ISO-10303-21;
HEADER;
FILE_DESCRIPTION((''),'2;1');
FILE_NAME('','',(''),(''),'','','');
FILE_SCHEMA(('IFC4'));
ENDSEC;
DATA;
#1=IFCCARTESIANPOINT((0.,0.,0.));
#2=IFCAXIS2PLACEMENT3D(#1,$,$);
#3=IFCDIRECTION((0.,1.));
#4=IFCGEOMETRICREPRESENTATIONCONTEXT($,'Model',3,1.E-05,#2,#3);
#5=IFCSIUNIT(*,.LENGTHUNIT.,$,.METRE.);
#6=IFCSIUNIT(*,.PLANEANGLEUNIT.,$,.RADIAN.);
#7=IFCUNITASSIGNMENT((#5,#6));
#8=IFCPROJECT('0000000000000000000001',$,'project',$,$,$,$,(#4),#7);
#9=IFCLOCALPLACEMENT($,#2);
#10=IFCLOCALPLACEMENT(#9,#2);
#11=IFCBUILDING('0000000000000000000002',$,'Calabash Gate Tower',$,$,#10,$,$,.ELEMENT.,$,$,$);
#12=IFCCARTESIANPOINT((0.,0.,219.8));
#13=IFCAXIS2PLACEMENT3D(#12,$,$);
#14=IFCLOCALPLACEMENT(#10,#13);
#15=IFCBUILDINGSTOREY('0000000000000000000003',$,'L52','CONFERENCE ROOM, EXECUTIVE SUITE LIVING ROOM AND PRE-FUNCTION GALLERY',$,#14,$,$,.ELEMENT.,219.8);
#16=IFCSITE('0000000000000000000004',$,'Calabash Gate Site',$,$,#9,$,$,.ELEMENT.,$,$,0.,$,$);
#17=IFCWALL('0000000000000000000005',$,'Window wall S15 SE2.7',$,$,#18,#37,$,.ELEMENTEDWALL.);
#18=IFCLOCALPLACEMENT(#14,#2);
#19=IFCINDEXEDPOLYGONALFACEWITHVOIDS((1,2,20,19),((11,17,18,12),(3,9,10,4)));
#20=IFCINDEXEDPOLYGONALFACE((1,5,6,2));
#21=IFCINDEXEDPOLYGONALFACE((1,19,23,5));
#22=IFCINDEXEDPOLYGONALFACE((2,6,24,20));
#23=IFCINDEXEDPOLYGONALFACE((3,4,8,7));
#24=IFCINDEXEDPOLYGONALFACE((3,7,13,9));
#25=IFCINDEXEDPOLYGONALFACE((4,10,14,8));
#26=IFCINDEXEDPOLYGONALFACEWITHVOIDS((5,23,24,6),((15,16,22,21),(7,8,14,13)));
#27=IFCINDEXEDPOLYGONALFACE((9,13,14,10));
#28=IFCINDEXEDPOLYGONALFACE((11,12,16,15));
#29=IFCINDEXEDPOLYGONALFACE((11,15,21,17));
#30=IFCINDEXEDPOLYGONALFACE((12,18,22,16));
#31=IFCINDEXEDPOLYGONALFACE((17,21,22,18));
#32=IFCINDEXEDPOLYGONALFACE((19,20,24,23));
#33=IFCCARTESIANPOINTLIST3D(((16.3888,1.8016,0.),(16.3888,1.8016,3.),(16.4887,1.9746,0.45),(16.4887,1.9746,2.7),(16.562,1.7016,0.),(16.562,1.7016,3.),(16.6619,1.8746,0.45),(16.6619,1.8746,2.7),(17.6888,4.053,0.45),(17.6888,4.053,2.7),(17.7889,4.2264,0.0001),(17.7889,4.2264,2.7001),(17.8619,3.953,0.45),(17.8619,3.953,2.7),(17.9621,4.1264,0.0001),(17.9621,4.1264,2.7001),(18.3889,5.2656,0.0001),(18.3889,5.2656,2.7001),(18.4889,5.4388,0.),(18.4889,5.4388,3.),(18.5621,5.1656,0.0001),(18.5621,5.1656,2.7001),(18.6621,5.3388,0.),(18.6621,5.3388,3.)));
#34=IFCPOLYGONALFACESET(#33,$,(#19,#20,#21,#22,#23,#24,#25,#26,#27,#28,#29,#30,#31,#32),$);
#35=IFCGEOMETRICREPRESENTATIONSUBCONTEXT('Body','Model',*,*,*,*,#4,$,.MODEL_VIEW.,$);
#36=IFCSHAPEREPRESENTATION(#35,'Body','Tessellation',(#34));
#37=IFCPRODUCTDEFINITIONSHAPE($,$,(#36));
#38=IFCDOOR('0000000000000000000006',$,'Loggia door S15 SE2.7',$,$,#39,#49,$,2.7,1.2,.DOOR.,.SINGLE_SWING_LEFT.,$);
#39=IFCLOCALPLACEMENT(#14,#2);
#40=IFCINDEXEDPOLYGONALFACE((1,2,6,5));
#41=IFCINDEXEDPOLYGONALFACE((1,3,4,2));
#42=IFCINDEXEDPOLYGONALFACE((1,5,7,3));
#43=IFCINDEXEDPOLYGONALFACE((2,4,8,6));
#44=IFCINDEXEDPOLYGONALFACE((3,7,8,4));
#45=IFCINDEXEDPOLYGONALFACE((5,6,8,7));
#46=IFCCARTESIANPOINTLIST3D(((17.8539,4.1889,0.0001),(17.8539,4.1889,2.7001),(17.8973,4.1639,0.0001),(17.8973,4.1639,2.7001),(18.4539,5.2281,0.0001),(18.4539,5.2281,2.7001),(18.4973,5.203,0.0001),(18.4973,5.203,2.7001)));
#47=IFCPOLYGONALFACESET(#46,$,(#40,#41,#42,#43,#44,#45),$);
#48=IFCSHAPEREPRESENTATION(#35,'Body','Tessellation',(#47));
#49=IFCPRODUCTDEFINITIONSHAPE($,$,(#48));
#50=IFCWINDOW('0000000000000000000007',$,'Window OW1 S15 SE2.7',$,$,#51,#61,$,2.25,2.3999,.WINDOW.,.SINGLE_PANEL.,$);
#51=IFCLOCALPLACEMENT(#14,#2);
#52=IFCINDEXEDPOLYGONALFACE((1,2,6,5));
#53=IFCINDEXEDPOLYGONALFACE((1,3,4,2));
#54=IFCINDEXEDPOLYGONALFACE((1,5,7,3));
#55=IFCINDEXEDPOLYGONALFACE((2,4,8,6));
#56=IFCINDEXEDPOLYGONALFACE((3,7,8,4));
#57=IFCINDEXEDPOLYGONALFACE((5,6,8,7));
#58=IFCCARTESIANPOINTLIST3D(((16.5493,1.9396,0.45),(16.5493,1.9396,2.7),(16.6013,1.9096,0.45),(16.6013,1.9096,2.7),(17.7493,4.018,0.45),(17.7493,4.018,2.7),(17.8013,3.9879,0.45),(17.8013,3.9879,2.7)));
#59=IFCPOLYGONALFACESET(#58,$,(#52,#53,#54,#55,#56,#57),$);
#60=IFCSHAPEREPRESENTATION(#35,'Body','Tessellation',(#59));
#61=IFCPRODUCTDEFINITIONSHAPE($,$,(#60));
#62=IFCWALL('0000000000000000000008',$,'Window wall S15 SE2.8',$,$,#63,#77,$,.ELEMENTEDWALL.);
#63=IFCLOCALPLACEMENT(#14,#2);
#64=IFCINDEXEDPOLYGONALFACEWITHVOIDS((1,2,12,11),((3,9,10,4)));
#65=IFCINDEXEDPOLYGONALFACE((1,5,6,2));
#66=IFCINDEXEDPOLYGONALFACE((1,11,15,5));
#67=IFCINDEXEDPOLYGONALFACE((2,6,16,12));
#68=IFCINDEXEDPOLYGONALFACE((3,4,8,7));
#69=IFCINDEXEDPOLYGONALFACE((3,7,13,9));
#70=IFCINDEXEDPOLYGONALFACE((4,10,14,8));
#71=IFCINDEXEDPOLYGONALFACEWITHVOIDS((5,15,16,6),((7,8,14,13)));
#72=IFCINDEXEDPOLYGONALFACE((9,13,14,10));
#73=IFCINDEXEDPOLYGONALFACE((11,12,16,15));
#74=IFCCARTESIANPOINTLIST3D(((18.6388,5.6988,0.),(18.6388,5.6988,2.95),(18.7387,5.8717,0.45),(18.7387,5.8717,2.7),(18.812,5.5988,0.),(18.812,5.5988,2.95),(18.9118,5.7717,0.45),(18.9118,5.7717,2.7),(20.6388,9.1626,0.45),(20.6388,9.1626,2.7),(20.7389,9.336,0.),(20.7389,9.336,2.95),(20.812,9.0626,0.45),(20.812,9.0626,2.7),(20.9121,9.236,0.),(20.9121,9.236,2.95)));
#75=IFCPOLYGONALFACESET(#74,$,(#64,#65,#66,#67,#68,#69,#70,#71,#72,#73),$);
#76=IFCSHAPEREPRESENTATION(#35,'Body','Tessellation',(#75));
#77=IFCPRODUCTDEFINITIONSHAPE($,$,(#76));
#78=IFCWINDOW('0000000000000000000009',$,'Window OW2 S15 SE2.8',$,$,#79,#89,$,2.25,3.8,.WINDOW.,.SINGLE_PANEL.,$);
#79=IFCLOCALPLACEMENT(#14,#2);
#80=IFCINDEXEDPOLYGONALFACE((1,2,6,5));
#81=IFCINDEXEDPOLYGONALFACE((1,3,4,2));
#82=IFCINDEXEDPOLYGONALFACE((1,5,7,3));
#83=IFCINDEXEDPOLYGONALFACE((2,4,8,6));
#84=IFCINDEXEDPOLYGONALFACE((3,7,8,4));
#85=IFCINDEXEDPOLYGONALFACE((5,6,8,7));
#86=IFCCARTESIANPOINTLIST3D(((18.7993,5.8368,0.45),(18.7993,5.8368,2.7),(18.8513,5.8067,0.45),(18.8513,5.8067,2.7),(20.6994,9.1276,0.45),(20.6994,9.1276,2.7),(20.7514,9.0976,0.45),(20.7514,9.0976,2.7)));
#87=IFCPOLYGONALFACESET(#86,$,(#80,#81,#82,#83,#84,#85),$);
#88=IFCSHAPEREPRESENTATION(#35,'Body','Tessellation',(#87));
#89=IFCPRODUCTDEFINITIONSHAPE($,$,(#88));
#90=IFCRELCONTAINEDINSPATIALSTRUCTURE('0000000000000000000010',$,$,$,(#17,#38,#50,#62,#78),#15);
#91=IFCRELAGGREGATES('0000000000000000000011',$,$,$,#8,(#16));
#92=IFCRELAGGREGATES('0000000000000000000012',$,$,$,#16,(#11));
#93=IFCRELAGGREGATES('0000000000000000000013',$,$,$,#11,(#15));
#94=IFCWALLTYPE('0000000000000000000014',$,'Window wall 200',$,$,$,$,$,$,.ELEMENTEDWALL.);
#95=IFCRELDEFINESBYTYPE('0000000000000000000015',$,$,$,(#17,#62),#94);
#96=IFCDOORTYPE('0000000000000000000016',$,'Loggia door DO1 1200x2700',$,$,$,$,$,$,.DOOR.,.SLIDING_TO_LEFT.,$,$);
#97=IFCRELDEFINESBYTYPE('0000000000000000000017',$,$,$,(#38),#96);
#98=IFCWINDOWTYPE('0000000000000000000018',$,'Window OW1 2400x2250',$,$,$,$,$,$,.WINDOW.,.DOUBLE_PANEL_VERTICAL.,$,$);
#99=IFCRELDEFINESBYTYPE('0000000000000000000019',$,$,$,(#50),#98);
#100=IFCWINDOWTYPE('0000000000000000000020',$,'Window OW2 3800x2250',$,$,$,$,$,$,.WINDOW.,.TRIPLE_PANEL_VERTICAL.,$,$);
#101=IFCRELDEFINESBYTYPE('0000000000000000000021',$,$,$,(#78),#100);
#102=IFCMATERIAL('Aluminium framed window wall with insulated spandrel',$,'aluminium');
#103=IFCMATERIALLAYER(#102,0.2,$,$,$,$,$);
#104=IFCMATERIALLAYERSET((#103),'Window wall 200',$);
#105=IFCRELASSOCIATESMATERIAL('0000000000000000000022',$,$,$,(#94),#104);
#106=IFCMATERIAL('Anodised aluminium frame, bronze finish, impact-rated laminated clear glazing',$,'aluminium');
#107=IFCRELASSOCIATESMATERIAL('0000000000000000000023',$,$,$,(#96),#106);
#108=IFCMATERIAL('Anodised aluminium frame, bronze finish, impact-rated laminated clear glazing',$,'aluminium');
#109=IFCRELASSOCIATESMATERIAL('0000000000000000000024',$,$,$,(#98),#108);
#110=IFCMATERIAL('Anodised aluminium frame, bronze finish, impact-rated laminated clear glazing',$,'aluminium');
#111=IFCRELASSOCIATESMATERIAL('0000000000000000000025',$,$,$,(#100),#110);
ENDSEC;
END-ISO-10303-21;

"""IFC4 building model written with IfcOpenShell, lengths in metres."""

from ifc_helpers import new_model, si_unit, direction, frame, frame_2d, origin, place, context, subcontext, project, spatial, rectangle, extrude, material, layer, layer_set, type_object, element, fill, save


model = new_model("IFC4")

# Units and contexts
model_context = context("Model", 3, precision=1e-05, world=origin(), true_north=direction((0.0, 1.0)))
body_context = subcontext(model_context, "Body", "Model", "MODEL_VIEW")
ifc_project = project(units=[si_unit("LENGTHUNIT", "METRE"), si_unit("PLANEANGLEUNIT", "RADIAN")], contexts=[model_context])

# Site, building, storey
site_placement = place(None, origin())
site = spatial("IfcSite", under=ifc_project, at=site_placement, Name="Calabash Gate Site", CompositionType="ELEMENT", RefElevation=0.0)
building_placement = place(site_placement, origin())
building = spatial("IfcBuilding", under=site, at=building_placement, Name="Calabash Gate Tower", CompositionType="ELEMENT")
storey_placement = place(building_placement, frame((0.0, 0.0, 219.8)))
storey = spatial("IfcBuildingStorey", under=building, at=storey_placement, Name="L52", Description="CONFERENCE ROOM, EXECUTIVE SUITE LIVING ROOM AND PRE-FUNCTION GALLERY", CompositionType="ELEMENT", Elevation=219.8)

# Wall, openings, door, window
ifc_material_1 = material(Name="Aluminium framed window wall with insulated spandrel", Category="aluminium")
ifc_layer_1 = layer(ifc_material_1, 0.2)
ifc_layer_set_1 = layer_set([ifc_layer_1], Name="Window wall 200")
wall_type_1 = type_object("IfcWallType", Name="Window wall 200", PredefinedType="ELEMENTEDWALL", material=ifc_layer_set_1)
wall_1_placement = place(storey_placement, frame((16.4753, 1.7515, 0.0), z_axis=(0.0, 0.0, 1.0), x_axis=(0.500028, 0.866009, 0.0)))
wall_1 = element("IfcWall", 1, at=wall_1_placement, inside=storey, type_object=wall_type_1, Name="Window wall S15 SE2.7", PredefinedType="ELEMENTEDWALL", context=body_context, shape_type="SweptSolid", body=[
    extrude(rectangle(XDim=4.2, YDim=0.2, at=frame_2d((2.1001, 0.0))), origin(), (0.0, 0.0, 1.0), 3.0),
])
opening_1_placement = place(wall_1_placement, frame((0.2, 0.0, 0.45)))
opening_1 = element("IfcOpeningElement", 2, at=opening_1_placement, cuts=wall_1, PredefinedType="OPENING", context=body_context, shape_type="SweptSolid", body=[
    extrude(rectangle(XDim=2.3999, YDim=2.25, at=frame_2d((1.2, 1.125))), frame((0.0, 0.1099, 0.0), z_axis=(0.0, -1.0, 0.0), x_axis=(1.0, 0.0, 0.0)), (0.0, 0.0, 1.0), 0.22),
])
opening_2_placement = place(wall_1_placement, frame((2.8, 0.0, 0.0)))
opening_2 = element("IfcOpeningElement", 3, at=opening_2_placement, cuts=wall_1, PredefinedType="OPENING", context=body_context, shape_type="SweptSolid", body=[
    extrude(rectangle(XDim=1.2, YDim=2.7, at=frame_2d((0.6001, 1.3501))), frame((0.0, 0.1099, 0.0), z_axis=(0.0, -1.0, 0.0), x_axis=(1.0, 0.0, 0.0)), (0.0, 0.0, 1.0), 0.22),
])
ifc_material_2 = material(Name="Anodised aluminium frame, bronze finish, impact-rated laminated clear glazing", Category="aluminium")
door_type_1 = type_object("IfcDoorType", Name="Loggia door DO1 1200x2700", OperationType="SLIDING_TO_LEFT", PredefinedType="DOOR", material=ifc_material_2)
door_1_placement = place(opening_2_placement, origin())
door_1 = element("IfcDoor", 4, at=door_1_placement, inside=storey, type_object=door_type_1, Name="Loggia door S15 SE2.7", OperationType="SINGLE_SWING_LEFT", OverallHeight=2.7, OverallWidth=1.2, PredefinedType="DOOR", context=body_context, shape_type="SweptSolid", body=[
    extrude(rectangle(XDim=1.2, YDim=2.7, at=frame_2d((0.6001, 1.3501))), frame((0.0, 0.0249, 0.0), z_axis=(0.0, -1.0, 0.0), x_axis=(1.0, 0.0, 0.0)), (0.0, 0.0, 1.0), 0.05),
])
fill(opening_2, door_1)
ifc_material_3 = material(Name="Anodised aluminium frame, bronze finish, impact-rated laminated clear glazing", Category="aluminium")
window_type_1 = type_object("IfcWindowType", Name="Window OW1 2400x2250", PartitioningType="DOUBLE_PANEL_VERTICAL", PredefinedType="WINDOW", material=ifc_material_3)
window_1_placement = place(opening_1_placement, origin())
window_1 = element("IfcWindow", 5, at=window_1_placement, inside=storey, type_object=window_type_1, Name="Window OW1 S15 SE2.7", OverallHeight=2.25, OverallWidth=2.3999, PartitioningType="SINGLE_PANEL", PredefinedType="WINDOW", context=body_context, shape_type="SweptSolid", body=[
    extrude(rectangle(XDim=2.3999, YDim=2.25, at=frame_2d((1.2, 1.125))), frame((0.0, 0.03, 0.0), z_axis=(0.0, -1.0, 0.0), x_axis=(1.0, 0.0, 0.0)), (0.0, 0.0, 1.0), 0.0601),
])
fill(opening_1, window_1)

# Wall, opening, window
wall_2_placement = place(storey_placement, frame((18.7253, 5.6487, 0.0), z_axis=(0.0, 0.0, 1.0), x_axis=(0.500028, 0.866009, 0.0)))
wall_2 = element("IfcWall", 6, at=wall_2_placement, inside=storey, type_object=wall_type_1, Name="Window wall S15 SE2.8", PredefinedType="ELEMENTEDWALL", context=body_context, shape_type="SweptSolid", body=[
    extrude(rectangle(XDim=4.2, YDim=0.2, at=frame_2d((2.1001, 0.0))), origin(), (0.0, 0.0, 1.0), 2.95),
])
opening_3_placement = place(wall_2_placement, frame((0.2, 0.0, 0.45)))
opening_3 = element("IfcOpeningElement", 7, at=opening_3_placement, cuts=wall_2, PredefinedType="OPENING", context=body_context, shape_type="SweptSolid", body=[
    extrude(rectangle(XDim=3.8, YDim=2.25, at=frame_2d((1.8999, 1.125))), frame((0.0, 0.1099, 0.0), z_axis=(0.0, -1.0, 0.0), x_axis=(1.0, 0.0, 0.0)), (0.0, 0.0, 1.0), 0.22),
])
ifc_material_4 = material(Name="Anodised aluminium frame, bronze finish, impact-rated laminated clear glazing", Category="aluminium")
window_type_2 = type_object("IfcWindowType", Name="Window OW2 3800x2250", PartitioningType="TRIPLE_PANEL_VERTICAL", PredefinedType="WINDOW", material=ifc_material_4)
window_2_placement = place(opening_3_placement, origin())
window_2 = element("IfcWindow", 8, at=window_2_placement, inside=storey, type_object=window_type_2, Name="Window OW2 S15 SE2.8", OverallHeight=2.25, OverallWidth=3.8, PartitioningType="SINGLE_PANEL", PredefinedType="WINDOW", context=body_context, shape_type="SweptSolid", body=[
    extrude(rectangle(XDim=3.8, YDim=2.25, at=frame_2d((1.8999, 1.125))), frame((0.0, 0.03, 0.0), z_axis=(0.0, -1.0, 0.0), x_axis=(1.0, 0.0, 0.0)), (0.0, 0.0, 1.0), 0.0601),
])
fill(opening_3, window_2)

save(model, "model.ifc")
